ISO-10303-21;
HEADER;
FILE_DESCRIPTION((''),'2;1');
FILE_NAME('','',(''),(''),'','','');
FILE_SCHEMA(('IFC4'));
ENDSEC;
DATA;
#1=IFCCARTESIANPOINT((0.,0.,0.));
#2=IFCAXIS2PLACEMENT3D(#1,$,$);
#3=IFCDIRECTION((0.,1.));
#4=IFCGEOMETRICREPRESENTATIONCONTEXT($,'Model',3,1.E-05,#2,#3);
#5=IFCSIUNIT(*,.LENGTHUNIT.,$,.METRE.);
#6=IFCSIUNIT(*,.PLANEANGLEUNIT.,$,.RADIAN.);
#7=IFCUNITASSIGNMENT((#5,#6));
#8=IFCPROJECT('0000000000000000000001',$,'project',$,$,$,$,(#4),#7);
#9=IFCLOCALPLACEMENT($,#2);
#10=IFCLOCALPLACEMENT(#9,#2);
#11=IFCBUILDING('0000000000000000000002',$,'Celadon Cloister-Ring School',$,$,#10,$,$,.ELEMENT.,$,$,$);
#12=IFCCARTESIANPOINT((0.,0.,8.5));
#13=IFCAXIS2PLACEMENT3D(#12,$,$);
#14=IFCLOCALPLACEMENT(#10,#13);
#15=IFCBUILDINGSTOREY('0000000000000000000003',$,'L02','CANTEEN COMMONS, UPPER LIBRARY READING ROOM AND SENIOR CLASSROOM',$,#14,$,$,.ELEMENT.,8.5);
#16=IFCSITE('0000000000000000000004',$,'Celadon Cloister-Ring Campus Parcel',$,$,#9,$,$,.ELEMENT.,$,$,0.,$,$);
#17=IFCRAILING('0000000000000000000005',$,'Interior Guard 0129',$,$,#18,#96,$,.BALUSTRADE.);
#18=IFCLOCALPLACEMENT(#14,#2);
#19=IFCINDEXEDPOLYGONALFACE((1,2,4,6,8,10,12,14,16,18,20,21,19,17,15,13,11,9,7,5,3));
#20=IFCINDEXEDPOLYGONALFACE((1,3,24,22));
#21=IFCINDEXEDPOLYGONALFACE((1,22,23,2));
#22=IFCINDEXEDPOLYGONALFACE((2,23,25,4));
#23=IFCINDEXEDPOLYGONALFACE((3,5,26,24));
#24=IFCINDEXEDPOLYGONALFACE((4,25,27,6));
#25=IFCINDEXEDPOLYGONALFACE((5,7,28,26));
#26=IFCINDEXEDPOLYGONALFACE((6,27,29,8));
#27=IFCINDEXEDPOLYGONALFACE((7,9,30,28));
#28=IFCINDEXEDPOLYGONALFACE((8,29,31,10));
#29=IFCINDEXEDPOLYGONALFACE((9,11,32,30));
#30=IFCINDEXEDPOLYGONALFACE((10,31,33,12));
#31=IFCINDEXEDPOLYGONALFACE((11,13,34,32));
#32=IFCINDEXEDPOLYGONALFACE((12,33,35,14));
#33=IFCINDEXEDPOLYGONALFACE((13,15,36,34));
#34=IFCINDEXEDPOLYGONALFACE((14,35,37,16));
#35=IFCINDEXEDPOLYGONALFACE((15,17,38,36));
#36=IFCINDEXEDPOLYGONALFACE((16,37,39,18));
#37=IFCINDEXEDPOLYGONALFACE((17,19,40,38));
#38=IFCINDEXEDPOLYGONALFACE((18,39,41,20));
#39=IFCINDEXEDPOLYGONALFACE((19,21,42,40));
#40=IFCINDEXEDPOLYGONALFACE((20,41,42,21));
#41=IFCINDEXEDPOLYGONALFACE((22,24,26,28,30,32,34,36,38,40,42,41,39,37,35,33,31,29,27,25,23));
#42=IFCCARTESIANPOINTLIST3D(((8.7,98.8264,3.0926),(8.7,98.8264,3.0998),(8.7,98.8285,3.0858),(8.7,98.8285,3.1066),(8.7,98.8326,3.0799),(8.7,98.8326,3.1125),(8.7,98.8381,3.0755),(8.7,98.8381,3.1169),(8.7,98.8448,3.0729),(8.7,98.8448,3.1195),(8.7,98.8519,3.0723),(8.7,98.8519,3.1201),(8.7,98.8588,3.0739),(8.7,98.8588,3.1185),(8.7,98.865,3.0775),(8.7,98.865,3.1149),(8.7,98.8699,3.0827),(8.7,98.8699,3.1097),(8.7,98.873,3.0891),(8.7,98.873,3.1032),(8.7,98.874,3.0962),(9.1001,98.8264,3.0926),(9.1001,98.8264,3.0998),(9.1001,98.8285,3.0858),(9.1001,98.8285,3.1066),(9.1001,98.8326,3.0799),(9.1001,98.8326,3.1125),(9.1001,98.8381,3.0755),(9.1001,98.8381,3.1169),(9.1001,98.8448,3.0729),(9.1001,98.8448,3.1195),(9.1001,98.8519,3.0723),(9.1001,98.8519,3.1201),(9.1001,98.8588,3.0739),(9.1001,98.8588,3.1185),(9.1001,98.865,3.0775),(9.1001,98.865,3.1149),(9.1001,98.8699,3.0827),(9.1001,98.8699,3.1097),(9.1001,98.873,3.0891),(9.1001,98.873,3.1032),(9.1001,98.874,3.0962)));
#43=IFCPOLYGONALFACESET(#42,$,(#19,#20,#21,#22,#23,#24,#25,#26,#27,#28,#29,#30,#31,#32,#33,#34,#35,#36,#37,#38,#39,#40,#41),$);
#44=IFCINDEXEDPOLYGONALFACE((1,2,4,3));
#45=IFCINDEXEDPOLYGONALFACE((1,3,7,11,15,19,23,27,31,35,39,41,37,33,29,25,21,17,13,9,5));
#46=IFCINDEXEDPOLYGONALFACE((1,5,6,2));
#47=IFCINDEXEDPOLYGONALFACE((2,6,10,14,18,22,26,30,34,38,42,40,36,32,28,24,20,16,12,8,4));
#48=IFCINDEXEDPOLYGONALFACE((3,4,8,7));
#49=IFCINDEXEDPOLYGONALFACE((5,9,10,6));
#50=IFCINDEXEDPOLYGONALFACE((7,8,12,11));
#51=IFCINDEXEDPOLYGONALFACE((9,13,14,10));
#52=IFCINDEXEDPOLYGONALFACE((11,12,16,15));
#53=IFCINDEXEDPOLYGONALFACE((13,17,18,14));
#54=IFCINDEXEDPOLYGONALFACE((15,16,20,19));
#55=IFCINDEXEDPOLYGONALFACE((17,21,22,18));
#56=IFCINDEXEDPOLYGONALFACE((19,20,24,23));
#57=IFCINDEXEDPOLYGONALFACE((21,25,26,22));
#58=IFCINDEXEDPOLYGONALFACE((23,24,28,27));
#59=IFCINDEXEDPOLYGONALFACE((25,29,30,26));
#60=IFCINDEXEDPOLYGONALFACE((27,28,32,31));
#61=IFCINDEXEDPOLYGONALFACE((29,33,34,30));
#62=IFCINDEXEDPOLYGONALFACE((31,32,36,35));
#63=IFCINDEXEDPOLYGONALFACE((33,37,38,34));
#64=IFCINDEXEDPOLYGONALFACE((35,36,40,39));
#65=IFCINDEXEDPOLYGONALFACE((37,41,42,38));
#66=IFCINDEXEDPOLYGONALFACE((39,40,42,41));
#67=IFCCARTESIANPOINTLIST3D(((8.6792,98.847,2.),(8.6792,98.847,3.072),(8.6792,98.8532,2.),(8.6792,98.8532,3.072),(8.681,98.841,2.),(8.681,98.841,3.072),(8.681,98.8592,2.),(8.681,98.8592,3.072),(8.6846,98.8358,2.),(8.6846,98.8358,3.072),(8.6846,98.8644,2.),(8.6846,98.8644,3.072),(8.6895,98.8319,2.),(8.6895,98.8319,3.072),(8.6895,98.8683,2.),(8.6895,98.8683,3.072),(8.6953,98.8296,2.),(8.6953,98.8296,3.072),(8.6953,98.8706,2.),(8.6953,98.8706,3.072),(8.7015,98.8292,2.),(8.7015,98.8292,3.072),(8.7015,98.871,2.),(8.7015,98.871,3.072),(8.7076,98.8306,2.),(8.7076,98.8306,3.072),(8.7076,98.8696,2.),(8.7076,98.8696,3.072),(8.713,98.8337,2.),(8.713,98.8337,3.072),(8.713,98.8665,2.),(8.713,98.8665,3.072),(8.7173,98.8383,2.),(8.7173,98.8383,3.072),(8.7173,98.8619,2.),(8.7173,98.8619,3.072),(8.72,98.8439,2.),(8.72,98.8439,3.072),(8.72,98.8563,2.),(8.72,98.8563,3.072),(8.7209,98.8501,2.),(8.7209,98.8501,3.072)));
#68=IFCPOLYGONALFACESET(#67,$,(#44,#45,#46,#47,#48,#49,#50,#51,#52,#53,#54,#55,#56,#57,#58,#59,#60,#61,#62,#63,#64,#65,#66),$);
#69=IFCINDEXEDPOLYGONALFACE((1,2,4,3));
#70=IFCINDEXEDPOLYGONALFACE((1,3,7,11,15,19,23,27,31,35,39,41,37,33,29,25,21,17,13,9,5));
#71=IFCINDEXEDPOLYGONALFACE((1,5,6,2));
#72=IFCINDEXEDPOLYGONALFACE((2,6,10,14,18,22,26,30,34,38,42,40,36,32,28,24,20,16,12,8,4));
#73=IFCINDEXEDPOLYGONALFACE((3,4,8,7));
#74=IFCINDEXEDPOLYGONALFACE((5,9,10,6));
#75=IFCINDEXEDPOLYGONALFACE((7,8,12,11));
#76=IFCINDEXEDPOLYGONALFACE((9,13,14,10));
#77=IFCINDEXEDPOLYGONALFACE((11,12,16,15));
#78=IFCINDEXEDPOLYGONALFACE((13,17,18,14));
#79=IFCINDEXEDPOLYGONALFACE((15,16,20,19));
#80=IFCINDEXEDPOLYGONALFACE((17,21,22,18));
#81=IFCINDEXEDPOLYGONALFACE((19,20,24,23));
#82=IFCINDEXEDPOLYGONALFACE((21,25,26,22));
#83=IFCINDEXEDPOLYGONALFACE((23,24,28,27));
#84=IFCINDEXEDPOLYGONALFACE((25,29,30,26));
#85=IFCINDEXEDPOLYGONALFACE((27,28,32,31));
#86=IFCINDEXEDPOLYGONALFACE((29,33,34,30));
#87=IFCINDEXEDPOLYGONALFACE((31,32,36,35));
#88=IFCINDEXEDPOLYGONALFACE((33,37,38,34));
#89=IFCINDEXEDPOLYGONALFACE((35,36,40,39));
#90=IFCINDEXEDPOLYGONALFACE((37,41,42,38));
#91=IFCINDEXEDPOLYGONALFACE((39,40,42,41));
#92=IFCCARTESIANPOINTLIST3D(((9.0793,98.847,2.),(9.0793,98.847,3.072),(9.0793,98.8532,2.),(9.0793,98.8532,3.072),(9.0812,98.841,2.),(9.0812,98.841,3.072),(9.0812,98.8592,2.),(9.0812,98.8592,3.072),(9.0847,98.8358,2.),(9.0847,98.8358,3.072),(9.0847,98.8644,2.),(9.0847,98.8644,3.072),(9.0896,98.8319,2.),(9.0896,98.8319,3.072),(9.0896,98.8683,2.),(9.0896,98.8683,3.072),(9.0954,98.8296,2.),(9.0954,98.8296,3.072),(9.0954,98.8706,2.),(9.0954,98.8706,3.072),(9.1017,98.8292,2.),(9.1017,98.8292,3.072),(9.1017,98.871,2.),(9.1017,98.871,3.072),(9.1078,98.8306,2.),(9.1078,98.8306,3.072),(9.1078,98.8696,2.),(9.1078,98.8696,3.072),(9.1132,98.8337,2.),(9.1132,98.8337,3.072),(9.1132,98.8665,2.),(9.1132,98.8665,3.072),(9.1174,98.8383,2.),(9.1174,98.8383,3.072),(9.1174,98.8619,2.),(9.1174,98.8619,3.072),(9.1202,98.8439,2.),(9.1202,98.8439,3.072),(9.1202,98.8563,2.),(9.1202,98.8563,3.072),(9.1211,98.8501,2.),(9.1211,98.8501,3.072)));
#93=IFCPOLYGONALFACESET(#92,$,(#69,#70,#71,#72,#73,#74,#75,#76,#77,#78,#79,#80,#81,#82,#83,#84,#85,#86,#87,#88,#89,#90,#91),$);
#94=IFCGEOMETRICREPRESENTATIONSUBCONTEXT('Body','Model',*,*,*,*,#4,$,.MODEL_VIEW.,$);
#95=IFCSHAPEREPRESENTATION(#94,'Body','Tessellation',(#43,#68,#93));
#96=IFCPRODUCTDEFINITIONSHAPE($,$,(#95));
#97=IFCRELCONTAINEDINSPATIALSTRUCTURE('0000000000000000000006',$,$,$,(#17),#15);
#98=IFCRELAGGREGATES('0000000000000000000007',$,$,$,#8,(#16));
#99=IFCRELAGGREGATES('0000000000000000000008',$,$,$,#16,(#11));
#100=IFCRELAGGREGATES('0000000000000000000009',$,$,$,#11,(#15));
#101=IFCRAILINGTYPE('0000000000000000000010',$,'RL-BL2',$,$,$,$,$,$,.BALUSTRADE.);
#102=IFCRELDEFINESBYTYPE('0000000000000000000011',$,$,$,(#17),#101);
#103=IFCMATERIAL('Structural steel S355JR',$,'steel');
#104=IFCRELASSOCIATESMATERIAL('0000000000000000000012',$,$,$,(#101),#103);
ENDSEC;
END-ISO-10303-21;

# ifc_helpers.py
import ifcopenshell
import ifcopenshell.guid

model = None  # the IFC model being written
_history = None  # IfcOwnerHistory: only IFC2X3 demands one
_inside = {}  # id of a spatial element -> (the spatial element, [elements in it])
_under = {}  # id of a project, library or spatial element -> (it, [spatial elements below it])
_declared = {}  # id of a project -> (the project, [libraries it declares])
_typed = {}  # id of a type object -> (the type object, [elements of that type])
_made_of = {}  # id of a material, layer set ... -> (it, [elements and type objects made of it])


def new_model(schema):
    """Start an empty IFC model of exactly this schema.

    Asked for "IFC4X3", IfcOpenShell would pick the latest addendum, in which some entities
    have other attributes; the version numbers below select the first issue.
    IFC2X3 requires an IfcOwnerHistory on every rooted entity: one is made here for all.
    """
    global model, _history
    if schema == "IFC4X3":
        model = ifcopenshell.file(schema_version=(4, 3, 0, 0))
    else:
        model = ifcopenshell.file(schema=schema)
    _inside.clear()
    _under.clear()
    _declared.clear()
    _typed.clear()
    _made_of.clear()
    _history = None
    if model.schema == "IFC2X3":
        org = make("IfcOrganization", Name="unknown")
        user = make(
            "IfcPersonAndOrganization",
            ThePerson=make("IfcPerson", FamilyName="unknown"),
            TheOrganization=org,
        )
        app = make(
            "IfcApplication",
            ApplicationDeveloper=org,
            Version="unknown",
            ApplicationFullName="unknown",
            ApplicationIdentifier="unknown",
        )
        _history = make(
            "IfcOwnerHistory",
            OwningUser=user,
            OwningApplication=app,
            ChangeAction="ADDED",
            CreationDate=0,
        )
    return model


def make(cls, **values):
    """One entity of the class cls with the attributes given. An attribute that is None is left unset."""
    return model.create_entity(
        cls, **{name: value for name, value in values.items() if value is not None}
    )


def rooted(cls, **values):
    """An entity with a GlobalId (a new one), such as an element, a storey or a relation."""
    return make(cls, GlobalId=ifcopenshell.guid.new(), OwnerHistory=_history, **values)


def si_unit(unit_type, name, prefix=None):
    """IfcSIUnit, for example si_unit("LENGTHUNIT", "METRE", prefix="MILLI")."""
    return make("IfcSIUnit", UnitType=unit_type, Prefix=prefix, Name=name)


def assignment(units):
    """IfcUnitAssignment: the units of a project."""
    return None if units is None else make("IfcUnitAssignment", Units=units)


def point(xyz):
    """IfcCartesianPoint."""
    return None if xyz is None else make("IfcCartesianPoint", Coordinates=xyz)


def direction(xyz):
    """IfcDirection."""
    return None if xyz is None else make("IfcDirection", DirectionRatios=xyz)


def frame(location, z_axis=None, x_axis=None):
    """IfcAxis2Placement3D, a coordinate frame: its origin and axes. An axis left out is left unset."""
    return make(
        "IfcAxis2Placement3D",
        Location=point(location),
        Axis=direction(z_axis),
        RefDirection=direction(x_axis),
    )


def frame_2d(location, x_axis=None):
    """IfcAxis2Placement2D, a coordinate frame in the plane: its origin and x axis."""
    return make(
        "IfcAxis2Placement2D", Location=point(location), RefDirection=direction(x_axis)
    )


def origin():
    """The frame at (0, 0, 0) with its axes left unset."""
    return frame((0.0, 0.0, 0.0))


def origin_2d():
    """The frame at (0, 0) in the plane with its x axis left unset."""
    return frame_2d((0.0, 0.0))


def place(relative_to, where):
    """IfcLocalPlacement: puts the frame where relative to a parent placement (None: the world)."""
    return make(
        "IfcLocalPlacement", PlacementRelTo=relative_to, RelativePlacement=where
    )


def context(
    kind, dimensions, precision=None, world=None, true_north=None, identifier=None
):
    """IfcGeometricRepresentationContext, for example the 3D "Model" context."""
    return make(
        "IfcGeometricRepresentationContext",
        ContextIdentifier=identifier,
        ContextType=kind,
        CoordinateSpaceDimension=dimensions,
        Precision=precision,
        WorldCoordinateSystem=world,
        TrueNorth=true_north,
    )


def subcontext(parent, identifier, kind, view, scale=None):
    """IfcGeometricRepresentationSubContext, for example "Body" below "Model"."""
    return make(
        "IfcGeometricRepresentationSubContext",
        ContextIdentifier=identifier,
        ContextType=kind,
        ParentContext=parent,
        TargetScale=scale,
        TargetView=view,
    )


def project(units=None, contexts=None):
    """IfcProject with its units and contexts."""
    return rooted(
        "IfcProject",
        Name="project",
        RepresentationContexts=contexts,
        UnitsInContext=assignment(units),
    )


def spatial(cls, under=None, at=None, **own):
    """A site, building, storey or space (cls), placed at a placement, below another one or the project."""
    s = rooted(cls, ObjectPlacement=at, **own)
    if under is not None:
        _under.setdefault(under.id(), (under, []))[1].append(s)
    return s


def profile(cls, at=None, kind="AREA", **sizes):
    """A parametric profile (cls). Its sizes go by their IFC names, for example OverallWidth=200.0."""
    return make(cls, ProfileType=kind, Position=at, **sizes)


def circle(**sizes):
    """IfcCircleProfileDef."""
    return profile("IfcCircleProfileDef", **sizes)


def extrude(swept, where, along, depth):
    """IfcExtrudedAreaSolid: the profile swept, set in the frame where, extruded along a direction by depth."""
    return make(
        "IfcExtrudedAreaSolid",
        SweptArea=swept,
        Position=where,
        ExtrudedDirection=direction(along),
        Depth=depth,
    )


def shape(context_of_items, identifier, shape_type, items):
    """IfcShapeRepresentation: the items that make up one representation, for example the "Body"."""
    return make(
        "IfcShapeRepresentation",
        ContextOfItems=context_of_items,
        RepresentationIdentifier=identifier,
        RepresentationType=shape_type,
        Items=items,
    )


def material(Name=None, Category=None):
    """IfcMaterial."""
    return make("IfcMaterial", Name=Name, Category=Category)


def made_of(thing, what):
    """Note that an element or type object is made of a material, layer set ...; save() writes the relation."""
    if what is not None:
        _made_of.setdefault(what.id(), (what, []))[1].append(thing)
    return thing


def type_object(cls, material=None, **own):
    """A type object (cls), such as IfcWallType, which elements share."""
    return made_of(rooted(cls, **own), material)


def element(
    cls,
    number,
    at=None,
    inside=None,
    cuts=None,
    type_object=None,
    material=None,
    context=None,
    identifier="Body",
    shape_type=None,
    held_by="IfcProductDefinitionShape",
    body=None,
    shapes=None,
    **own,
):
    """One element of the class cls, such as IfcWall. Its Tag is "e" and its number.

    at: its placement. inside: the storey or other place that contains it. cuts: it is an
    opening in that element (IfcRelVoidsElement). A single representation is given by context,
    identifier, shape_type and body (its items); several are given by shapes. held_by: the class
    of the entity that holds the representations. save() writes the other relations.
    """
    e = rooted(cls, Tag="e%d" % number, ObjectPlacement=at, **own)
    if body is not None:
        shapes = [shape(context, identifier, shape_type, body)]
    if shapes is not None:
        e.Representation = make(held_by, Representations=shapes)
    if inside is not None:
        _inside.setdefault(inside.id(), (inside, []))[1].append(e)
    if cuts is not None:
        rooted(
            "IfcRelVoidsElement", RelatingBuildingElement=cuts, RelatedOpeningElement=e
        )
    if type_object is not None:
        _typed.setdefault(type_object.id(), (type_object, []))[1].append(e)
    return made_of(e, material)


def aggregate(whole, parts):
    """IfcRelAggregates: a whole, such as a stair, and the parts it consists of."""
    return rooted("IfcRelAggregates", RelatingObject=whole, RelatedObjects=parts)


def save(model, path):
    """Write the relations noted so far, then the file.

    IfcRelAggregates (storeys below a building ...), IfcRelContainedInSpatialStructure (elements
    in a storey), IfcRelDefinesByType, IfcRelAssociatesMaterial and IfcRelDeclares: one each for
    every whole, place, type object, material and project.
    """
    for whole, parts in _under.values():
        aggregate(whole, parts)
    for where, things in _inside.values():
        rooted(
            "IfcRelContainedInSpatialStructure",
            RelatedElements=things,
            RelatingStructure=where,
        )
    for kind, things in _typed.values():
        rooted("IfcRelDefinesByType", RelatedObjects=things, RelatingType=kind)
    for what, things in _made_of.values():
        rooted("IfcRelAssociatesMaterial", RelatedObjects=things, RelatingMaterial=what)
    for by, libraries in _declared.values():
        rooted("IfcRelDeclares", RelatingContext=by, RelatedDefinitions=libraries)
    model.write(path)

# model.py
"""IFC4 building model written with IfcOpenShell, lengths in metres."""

from ifc_helpers import new_model, si_unit, direction, frame, origin, origin_2d, place, context, subcontext, project, spatial, circle, extrude, material, type_object, element, save


model = new_model("IFC4")

# Units and contexts
model_context = context("Model", 3, precision=1e-05, world=origin(), true_north=direction((0.0, 1.0)))
body_context = subcontext(model_context, "Body", "Model", "MODEL_VIEW")
ifc_project = project(units=[si_unit("LENGTHUNIT", "METRE"), si_unit("PLANEANGLEUNIT", "RADIAN")], contexts=[model_context])

# Site, building, storey
site_placement = place(None, origin())
site = spatial("IfcSite", under=ifc_project, at=site_placement, Name="Celadon Cloister-Ring Campus Parcel", CompositionType="ELEMENT", RefElevation=0.0)
building_placement = place(site_placement, origin())
building = spatial("IfcBuilding", under=site, at=building_placement, Name="Celadon Cloister-Ring School", CompositionType="ELEMENT")
storey_placement = place(building_placement, frame((0.0, 0.0, 8.5)))
storey = spatial("IfcBuildingStorey", under=building, at=storey_placement, Name="L02", Description="CANTEEN COMMONS, UPPER LIBRARY READING ROOM AND SENIOR CLASSROOM", CompositionType="ELEMENT", Elevation=8.5)

# Railing
ifc_material_1 = material(Name="Structural steel S355JR", Category="steel")
railing_type_1 = type_object("IfcRailingType", Name="RL-BL2", PredefinedType="BALUSTRADE", material=ifc_material_1)
railing_placement = place(storey_placement, frame((8.7, 98.8501, 2.0)))
element("IfcRailing", 1, at=railing_placement, inside=storey, type_object=railing_type_1, Name="Interior Guard 0129", PredefinedType="BALUSTRADE", context=body_context, shape_type="SweptSolid", body=[
    extrude(circle(Radius=0.0239, at=origin_2d()), frame((0.0, 0.0, 1.0962), z_axis=(1.0, 0.0, 0.0), x_axis=(0.0, 1.0, 0.0)), (0.0, 0.0, 1.0), 0.4001),
    extrude(circle(Radius=0.021, at=origin_2d()), origin(), (0.0, 0.0, 1.0), 1.072),
    extrude(circle(Radius=0.021, at=origin_2d()), frame((0.4001, 0.0, 0.0)), (0.0, 0.0, 1.0), 1.072),
])

save(model, "model.ifc")
